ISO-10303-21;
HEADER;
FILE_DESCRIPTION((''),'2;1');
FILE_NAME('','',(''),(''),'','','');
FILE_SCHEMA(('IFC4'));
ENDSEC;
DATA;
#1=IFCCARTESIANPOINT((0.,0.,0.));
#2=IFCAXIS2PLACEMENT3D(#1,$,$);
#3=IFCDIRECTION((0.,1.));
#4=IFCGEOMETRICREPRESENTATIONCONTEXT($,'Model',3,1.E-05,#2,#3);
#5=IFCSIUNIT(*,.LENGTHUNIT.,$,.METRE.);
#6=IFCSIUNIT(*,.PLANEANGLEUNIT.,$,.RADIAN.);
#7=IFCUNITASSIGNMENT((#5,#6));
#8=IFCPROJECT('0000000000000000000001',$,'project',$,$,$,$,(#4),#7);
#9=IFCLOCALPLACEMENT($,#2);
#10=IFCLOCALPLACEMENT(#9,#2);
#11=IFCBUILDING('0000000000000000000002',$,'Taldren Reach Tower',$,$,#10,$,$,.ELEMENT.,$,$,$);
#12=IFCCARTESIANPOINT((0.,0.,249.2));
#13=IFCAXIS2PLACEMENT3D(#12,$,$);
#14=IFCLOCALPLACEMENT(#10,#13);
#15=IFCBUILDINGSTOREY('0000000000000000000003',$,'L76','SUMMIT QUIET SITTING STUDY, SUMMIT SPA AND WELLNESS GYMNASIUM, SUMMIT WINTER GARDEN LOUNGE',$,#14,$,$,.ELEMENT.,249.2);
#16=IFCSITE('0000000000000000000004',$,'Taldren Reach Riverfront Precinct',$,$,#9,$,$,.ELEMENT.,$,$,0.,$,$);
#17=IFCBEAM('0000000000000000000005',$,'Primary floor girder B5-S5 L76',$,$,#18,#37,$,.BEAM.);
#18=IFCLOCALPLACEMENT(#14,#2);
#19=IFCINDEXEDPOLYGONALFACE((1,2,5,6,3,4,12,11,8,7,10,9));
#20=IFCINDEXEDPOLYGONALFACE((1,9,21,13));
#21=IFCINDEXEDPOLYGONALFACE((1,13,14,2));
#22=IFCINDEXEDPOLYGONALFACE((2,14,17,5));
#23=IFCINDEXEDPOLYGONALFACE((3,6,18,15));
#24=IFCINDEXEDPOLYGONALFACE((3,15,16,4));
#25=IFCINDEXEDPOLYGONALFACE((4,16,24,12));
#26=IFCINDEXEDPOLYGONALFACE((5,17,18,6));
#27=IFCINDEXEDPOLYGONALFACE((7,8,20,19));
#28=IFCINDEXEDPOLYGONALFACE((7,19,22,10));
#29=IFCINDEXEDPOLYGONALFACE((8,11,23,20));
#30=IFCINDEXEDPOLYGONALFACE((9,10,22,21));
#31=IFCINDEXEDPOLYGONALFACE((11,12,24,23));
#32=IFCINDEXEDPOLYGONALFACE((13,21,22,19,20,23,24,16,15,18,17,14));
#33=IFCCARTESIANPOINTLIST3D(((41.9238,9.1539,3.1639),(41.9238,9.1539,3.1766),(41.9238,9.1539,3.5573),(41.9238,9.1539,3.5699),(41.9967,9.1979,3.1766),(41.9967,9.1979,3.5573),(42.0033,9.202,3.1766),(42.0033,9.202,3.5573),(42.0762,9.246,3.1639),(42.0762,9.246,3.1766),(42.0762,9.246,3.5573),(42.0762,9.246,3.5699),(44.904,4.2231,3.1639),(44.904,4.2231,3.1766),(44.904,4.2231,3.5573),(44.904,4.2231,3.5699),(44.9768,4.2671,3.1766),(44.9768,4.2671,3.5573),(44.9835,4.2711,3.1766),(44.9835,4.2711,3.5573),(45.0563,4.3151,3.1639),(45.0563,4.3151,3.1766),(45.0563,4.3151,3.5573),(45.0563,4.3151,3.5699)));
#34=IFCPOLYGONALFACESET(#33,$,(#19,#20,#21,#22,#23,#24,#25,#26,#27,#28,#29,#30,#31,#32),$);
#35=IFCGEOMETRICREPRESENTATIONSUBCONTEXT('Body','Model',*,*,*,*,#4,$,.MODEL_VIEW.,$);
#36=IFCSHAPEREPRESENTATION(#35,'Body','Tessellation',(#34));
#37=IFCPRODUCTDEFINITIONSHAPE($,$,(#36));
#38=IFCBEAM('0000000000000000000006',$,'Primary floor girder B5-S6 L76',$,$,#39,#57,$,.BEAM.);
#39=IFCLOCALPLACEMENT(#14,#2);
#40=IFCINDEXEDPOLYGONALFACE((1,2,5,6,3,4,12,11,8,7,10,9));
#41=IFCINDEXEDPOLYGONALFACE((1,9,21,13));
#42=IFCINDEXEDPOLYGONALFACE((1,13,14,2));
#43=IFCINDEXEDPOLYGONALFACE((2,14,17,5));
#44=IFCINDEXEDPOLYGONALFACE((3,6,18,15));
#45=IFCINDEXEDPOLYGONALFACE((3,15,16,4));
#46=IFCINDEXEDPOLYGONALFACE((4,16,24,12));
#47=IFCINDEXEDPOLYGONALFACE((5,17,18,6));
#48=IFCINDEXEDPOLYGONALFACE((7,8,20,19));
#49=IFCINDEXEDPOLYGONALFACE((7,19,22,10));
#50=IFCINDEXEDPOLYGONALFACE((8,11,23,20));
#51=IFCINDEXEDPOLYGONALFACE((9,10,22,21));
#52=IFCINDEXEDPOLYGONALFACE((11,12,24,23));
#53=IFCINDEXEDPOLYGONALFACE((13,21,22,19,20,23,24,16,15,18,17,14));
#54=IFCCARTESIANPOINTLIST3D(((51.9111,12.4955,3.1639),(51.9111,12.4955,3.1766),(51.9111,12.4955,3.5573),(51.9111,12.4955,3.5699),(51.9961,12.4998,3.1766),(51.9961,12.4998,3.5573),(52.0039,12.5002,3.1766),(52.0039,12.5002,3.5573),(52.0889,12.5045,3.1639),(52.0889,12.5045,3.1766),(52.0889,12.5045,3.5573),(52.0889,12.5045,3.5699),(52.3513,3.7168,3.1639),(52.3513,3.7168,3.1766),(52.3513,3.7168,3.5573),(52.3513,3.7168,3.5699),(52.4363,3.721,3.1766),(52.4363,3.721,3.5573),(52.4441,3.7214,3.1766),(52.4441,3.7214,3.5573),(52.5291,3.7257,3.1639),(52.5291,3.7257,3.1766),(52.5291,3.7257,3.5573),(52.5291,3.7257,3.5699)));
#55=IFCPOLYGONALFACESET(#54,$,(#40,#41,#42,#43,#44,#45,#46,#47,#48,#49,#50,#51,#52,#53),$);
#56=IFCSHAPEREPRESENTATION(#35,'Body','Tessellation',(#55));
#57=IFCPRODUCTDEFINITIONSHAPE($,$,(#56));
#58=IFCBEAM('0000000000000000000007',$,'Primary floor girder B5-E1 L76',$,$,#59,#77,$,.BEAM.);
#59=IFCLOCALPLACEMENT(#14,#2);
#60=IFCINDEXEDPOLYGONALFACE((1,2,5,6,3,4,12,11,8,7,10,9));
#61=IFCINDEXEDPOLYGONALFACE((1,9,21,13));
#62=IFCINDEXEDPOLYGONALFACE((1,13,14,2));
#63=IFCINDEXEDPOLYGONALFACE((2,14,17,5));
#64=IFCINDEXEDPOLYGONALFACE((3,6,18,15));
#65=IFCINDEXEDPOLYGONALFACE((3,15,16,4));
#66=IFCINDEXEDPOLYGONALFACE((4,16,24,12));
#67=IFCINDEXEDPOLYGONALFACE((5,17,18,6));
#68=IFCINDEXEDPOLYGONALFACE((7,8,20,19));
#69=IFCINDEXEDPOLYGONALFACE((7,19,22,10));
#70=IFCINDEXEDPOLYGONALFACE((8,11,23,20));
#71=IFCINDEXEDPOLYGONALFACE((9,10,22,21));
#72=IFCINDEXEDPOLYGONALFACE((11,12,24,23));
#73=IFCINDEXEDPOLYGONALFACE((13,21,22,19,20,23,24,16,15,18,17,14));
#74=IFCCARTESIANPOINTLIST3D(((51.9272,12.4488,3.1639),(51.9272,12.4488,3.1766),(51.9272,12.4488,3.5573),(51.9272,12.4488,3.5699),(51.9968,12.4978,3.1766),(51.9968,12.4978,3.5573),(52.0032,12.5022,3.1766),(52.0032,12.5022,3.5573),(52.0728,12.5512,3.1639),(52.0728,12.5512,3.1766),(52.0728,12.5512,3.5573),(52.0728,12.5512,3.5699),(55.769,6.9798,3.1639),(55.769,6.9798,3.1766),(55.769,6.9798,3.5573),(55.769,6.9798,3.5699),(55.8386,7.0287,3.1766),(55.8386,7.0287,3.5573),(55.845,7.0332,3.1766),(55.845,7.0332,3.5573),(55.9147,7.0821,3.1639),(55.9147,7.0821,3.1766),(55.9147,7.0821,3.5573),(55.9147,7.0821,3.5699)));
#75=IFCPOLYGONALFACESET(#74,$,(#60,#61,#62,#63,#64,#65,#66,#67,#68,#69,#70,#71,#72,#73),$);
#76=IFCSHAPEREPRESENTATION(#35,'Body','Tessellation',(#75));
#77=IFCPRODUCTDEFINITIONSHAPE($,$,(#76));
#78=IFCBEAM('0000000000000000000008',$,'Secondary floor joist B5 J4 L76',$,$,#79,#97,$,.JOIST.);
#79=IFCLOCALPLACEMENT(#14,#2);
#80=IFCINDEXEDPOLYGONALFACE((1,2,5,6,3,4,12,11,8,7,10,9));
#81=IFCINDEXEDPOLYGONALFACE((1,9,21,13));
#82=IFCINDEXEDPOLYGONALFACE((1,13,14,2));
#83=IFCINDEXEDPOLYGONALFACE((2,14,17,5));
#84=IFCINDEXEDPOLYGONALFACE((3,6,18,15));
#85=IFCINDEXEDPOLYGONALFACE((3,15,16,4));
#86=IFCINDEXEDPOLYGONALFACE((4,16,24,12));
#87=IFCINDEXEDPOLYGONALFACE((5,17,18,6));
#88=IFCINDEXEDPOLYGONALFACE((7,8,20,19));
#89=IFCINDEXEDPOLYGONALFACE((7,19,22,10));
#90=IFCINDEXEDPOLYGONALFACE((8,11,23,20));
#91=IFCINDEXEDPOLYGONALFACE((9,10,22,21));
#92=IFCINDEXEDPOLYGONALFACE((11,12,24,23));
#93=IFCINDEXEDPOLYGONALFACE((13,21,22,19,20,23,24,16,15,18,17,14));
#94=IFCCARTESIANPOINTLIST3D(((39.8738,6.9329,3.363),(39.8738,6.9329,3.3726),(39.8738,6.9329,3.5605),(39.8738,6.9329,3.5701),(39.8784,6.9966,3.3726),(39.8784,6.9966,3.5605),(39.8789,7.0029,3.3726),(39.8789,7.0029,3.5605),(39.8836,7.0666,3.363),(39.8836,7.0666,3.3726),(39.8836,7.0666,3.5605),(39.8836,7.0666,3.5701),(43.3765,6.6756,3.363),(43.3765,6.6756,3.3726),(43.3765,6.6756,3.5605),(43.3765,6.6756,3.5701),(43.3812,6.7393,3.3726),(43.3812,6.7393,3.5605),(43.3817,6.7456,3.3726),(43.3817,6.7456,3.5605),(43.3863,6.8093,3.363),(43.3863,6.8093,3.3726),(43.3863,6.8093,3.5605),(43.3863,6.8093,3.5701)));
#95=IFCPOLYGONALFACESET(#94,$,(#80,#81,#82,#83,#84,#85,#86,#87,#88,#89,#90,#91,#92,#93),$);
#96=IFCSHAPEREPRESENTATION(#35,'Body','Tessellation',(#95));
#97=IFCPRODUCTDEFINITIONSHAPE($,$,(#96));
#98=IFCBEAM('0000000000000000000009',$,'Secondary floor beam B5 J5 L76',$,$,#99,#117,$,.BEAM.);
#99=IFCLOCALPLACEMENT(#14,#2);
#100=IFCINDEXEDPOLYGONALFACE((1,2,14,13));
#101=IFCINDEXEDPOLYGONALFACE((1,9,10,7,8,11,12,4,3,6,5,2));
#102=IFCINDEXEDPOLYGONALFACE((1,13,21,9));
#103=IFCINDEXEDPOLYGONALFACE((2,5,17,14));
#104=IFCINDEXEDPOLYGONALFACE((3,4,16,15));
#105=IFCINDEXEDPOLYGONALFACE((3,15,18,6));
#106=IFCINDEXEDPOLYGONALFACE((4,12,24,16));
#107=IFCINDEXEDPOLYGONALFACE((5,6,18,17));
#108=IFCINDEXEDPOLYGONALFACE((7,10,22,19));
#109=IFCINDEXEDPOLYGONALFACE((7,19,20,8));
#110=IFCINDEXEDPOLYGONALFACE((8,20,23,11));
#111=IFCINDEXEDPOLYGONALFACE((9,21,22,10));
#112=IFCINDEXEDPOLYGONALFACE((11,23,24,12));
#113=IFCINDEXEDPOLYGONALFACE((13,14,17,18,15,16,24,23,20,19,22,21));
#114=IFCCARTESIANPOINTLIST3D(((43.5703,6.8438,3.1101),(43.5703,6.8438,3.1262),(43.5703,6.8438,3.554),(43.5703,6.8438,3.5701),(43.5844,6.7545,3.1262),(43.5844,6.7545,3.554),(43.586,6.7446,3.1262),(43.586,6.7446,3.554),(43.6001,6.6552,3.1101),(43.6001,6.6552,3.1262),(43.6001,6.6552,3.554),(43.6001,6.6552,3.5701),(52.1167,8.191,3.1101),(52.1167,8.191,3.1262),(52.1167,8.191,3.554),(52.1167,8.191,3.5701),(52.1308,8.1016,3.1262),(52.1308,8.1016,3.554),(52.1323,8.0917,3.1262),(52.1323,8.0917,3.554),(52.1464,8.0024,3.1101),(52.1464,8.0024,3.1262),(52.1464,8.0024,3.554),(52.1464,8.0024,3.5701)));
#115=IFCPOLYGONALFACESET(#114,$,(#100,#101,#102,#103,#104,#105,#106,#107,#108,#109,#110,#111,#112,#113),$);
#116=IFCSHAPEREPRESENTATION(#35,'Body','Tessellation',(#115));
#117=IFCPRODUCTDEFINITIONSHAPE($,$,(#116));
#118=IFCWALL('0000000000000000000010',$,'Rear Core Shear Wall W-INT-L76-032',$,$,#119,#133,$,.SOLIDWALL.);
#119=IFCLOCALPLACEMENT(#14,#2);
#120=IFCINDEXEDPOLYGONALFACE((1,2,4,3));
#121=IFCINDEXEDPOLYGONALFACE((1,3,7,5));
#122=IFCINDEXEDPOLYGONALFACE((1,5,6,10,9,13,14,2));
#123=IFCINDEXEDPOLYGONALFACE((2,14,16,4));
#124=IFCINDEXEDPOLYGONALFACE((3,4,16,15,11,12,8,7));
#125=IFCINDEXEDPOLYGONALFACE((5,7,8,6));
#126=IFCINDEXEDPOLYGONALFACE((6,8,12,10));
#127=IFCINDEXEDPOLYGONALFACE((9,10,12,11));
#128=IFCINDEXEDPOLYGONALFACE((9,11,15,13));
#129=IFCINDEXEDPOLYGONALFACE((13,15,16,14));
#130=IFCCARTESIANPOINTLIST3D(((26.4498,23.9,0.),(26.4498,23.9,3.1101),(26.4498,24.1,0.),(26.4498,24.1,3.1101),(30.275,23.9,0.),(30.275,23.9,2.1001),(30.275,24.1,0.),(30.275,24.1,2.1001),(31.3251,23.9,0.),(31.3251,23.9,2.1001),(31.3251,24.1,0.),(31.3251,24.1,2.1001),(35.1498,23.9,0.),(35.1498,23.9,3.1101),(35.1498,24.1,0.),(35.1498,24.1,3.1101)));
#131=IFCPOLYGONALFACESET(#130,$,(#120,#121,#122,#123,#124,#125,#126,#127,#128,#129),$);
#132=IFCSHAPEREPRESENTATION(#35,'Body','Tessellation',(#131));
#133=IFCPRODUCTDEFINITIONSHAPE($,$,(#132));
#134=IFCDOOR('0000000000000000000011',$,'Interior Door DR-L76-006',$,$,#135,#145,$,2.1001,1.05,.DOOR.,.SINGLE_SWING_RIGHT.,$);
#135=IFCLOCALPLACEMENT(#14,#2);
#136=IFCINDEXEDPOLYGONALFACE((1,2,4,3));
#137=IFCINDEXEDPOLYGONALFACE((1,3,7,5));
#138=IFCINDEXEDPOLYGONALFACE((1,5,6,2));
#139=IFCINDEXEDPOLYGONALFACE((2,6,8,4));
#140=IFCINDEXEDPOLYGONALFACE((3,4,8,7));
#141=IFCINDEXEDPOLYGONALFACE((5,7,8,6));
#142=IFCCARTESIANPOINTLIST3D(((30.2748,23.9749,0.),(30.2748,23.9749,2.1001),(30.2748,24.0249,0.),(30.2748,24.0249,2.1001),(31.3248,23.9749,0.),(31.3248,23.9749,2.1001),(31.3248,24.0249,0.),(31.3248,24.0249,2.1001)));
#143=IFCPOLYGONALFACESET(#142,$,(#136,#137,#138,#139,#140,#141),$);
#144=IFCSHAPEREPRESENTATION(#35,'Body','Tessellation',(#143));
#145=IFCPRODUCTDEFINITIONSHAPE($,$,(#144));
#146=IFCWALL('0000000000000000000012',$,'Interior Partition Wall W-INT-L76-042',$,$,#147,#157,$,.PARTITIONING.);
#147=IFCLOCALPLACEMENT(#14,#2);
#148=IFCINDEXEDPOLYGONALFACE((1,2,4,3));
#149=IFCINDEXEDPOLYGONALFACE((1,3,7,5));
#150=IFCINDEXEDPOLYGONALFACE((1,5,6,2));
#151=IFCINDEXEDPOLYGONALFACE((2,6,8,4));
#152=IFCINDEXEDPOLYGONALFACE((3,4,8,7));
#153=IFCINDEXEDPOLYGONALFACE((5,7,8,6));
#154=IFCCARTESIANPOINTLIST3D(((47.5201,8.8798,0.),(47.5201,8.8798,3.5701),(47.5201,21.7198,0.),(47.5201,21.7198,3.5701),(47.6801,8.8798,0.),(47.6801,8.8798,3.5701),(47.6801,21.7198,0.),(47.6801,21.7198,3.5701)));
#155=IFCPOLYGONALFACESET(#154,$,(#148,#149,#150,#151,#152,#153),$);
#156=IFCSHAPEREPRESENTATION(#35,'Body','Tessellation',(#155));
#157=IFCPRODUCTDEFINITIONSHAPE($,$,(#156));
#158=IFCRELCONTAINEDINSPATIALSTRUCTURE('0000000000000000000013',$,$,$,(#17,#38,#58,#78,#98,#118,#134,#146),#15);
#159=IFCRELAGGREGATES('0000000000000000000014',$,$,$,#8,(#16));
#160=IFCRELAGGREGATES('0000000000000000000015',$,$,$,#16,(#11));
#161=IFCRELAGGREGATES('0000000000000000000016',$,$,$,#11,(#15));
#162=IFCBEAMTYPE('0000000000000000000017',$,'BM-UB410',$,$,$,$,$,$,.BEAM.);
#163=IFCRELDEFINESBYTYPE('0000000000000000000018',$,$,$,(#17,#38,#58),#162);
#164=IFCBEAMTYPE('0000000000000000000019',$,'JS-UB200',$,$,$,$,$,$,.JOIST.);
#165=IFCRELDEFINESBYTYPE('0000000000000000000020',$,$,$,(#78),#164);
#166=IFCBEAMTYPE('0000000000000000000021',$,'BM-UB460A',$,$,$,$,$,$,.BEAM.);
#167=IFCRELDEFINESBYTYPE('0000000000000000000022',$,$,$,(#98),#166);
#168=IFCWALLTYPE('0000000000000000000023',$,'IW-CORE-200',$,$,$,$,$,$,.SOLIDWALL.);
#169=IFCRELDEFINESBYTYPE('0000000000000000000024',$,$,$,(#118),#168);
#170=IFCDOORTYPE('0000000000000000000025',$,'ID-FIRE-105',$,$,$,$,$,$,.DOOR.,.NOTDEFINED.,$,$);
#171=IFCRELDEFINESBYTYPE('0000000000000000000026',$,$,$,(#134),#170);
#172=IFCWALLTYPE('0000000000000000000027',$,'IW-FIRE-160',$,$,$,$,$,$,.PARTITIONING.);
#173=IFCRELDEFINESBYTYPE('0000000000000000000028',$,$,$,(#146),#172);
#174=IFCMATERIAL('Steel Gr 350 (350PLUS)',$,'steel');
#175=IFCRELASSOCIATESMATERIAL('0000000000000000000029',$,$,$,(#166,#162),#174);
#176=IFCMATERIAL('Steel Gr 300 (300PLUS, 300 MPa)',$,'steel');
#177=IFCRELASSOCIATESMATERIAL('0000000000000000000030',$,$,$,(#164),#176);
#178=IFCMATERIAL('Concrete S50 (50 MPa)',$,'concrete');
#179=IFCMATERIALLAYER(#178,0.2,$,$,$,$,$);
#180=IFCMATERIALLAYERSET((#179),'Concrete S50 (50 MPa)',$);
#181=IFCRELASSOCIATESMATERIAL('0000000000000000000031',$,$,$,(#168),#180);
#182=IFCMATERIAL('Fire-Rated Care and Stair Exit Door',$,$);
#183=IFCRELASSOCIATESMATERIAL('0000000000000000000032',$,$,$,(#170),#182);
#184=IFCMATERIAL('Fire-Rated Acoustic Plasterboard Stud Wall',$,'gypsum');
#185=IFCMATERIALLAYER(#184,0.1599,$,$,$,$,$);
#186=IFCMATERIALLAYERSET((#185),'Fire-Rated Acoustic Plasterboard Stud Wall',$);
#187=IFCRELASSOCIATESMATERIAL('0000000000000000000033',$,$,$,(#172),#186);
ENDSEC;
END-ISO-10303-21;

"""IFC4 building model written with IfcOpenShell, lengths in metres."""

from ifc_helpers import new_model, si_unit, direction, frame, frame_2d, origin, origin_2d, place, context, subcontext, project, spatial, rectangle, i_section, extrude, source, transform, mapped, material, layer, layer_set, material_profile, profile_set, type_object, element, fill, save


model = new_model("IFC4")

# Units and contexts
model_context = context("Model", 3, precision=1e-05, world=origin(), true_north=direction((0.0, 1.0)))
body_context = subcontext(model_context, "Body", "Model", "MODEL_VIEW")
ifc_project = project(units=[si_unit("LENGTHUNIT", "METRE"), si_unit("PLANEANGLEUNIT", "RADIAN")], contexts=[model_context])

# Site, building, storey
site_placement = place(None, origin())
site = spatial("IfcSite", under=ifc_project, at=site_placement, Name="Taldren Reach Riverfront Precinct", CompositionType="ELEMENT", RefElevation=0.0)
building_placement = place(site_placement, origin())
building = spatial("IfcBuilding", under=site, at=building_placement, Name="Taldren Reach Tower", CompositionType="ELEMENT")
storey_placement = place(building_placement, frame((0.0, 0.0, 249.2)))
storey = spatial("IfcBuildingStorey", under=building, at=storey_placement, Name="L76", Description="SUMMIT QUIET SITTING STUDY, SUMMIT SPA AND WELLNESS GYMNASIUM, SUMMIT WINTER GARDEN LOUNGE", CompositionType="ELEMENT", Elevation=249.2)

# Shared definitions
ifc_material_1 = material(Name="Steel Gr 350 (350PLUS)", Category="steel")

# Shared definitions
ifc_material_profile_1 = material_profile(ifc_material_1, i_section(OverallWidth=0.1909, OverallDepth=0.46, WebThickness=0.01, FlangeThickness=0.0161, at=origin_2d()), Name="460UB82.1")
ifc_profile_set_1 = profile_set([ifc_material_profile_1], Name="Steel Gr 350 (350PLUS)")
beam_type_1 = type_object("IfcBeamType", Name="BM-UB460A", PredefinedType="BEAM", material=ifc_profile_set_1)

# Beams
ifc_material_profile_2 = material_profile(ifc_material_1, i_section(OverallWidth=0.178, OverallDepth=0.406, WebThickness=0.0078, FlangeThickness=0.0127, at=origin_2d()), Name="410UB59.7")
ifc_profile_set_2 = profile_set([ifc_material_profile_2], Name="Steel Gr 350 (350PLUS)")
beam_type_2 = type_object("IfcBeamType", Name="BM-UB410", PredefinedType="BEAM", material=ifc_profile_set_2)
shared_shape_1 = source(origin(), body_context, "Body", "SweptSolid", [
    extrude(i_section(OverallWidth=0.178, OverallDepth=0.406, WebThickness=0.0078, FlangeThickness=0.0127, at=origin_2d()), origin(), (0.0, 0.0, 1.0), 5.7615),
])
beam_1_placement = place(storey_placement, frame((42.0, 9.2, 3.3669), z_axis=(0.51726, -0.855828, 0.0), x_axis=(0.855828, 0.51726, 0.0)))
element("IfcBeam", 1, at=beam_1_placement, inside=storey, type_object=beam_type_2, Name="Primary floor girder B5-S5 L76", PredefinedType="BEAM", context=body_context, shape_type="MappedRepresentation", body=[
    mapped(shared_shape_1, transform((0.0, 0.0, 0.0), scale=1.0)),
])
shared_shape_2 = source(origin(), body_context, "Body", "SweptSolid", [
    extrude(i_section(OverallWidth=0.178, OverallDepth=0.406, WebThickness=0.0078, FlangeThickness=0.0127, at=origin_2d()), origin(), (0.0, 0.0, 1.0), 8.7898),
])
beam_2_placement = place(storey_placement, frame((52.0, 12.5, 3.3669), z_axis=(0.050079, -0.998745, 0.0), x_axis=(0.998745, 0.050079, 0.0)))
element("IfcBeam", 2, at=beam_2_placement, inside=storey, type_object=beam_type_2, Name="Primary floor girder B5-S6 L76", PredefinedType="BEAM", context=body_context, shape_type="MappedRepresentation", body=[
    mapped(shared_shape_2, transform((0.0, 0.0, 0.0), scale=1.0)),
])
shared_shape_3 = source(origin(), body_context, "Body", "SweptSolid", [
    extrude(i_section(OverallWidth=0.178, OverallDepth=0.406, WebThickness=0.0078, FlangeThickness=0.0127, at=origin_2d()), origin(), (0.0, 0.0, 1.0), 6.6836),
])
beam_3_placement = place(storey_placement, frame((52.0, 12.5, 3.3669), z_axis=(0.574817, -0.818282, 0.0), x_axis=(0.818282, 0.574817, 0.0)))
element("IfcBeam", 3, at=beam_3_placement, inside=storey, type_object=beam_type_2, Name="Primary floor girder B5-E1 L76", PredefinedType="BEAM", context=body_context, shape_type="MappedRepresentation", body=[
    mapped(shared_shape_3, transform((0.0, 0.0, 0.0), scale=1.0)),
])
ifc_material_2 = material(Name="Steel Gr 300 (300PLUS, 300 MPa)", Category="steel")
ifc_material_profile_3 = material_profile(ifc_material_2, i_section(OverallWidth=0.134, OverallDepth=0.207, WebThickness=0.0063, FlangeThickness=0.0095, at=origin_2d()), Name="200UB29.8")
ifc_profile_set_3 = profile_set([ifc_material_profile_3], Name="Steel Gr 300 (300PLUS, 300 MPa)")
beam_type_3 = type_object("IfcBeamType", Name="JS-UB200", PredefinedType="JOIST", material=ifc_profile_set_3)
shared_shape_4 = source(origin(), body_context, "Body", "SweptSolid", [
    extrude(i_section(OverallWidth=0.134, OverallDepth=0.207, WebThickness=0.0063, FlangeThickness=0.0095, at=origin_2d()), origin(), (0.0, 0.0, 1.0), 3.5122),
])
beam_4_placement = place(storey_placement, frame((39.8787, 6.9998, 3.4666), z_axis=(0.997312, -0.073267, 0.0), x_axis=(0.073267, 0.997312, 0.0)))
element("IfcBeam", 4, at=beam_4_placement, inside=storey, type_object=beam_type_3, Name="Secondary floor joist B5 J4 L76", PredefinedType="JOIST", context=body_context, shape_type="MappedRepresentation", body=[
    mapped(shared_shape_4, transform((0.0, 0.0, 0.0), scale=1.0)),
])
shared_shape_5 = source(origin(), body_context, "Body", "SweptSolid", [
    extrude(i_section(OverallWidth=0.1909, OverallDepth=0.46, WebThickness=0.01, FlangeThickness=0.0161, at=origin_2d()), origin(), (0.0, 0.0, 1.0), 8.6519),
])
beam_5_placement = place(storey_placement, frame((43.5852, 6.7495, 3.3401), z_axis=(0.987803, 0.155708, 0.0), x_axis=(-0.155708, 0.987803, 0.0)))
element("IfcBeam", 5, at=beam_5_placement, inside=storey, type_object=beam_type_1, Name="Secondary floor beam B5 J5 L76", PredefinedType="BEAM", context=body_context, shape_type="MappedRepresentation", body=[
    mapped(shared_shape_5, transform((0.0, 0.0, 0.0), scale=1.0)),
])

# Wall, opening, door
ifc_material_3 = material(Name="Concrete S50 (50 MPa)", Category="concrete")
ifc_layer_1 = layer(ifc_material_3, 0.2)
ifc_layer_set_1 = layer_set([ifc_layer_1], Name="Concrete S50 (50 MPa)")
wall_type_1 = type_object("IfcWallType", Name="IW-CORE-200", PredefinedType="SOLIDWALL", material=ifc_layer_set_1)
shared_shape_6 = source(origin(), body_context, "Body", "SweptSolid", [
    extrude(rectangle(XDim=8.7, YDim=0.2, at=frame_2d((4.3501, 0.0))), origin(), (0.0, 0.0, 1.0), 3.1101),
])
wall_1_placement = place(storey_placement, frame((35.1499, 24.0, 0.0), z_axis=(0.0, 0.0, 1.0), x_axis=(-1.0, 0.0, 0.0)))
wall_1 = element("IfcWall", 6, at=wall_1_placement, inside=storey, type_object=wall_type_1, Name="Rear Core Shear Wall W-INT-L76-032", PredefinedType="SOLIDWALL", context=body_context, shape_type="MappedRepresentation", body=[
    mapped(shared_shape_6, transform((0.0, 0.0, 0.0), scale=1.0)),
])
shared_shape_7 = source(origin(), body_context, "Body", "SweptSolid", [
    extrude(rectangle(XDim=1.05, YDim=2.1001, at=frame_2d((0.5249, 1.05))), frame((0.0, 0.1099, 0.0), z_axis=(0.0, -1.0, 0.0), x_axis=(1.0, 0.0, 0.0)), (0.0, 0.0, 1.0), 0.22),
])
opening_1_placement = place(wall_1_placement, frame((3.825, 0.0, 0.0)))
opening_1 = element("IfcOpeningElement", 7, at=opening_1_placement, cuts=wall_1, PredefinedType="OPENING", context=body_context, shape_type="MappedRepresentation", body=[
    mapped(shared_shape_7, transform((0.0, 0.0, 0.0), scale=1.0)),
])
ifc_material_4 = material(Name="Fire-Rated Care and Stair Exit Door")
door_type_1 = type_object("IfcDoorType", Name="ID-FIRE-105", OperationType="NOTDEFINED", PredefinedType="DOOR", material=ifc_material_4)
shared_shape_8 = source(origin(), body_context, "Body", "SweptSolid", [
    extrude(rectangle(XDim=1.05, YDim=2.1001, at=frame_2d((0.5249, 1.05))), frame((0.0, 0.0249, 0.0), z_axis=(0.0, -1.0, 0.0), x_axis=(1.0, 0.0, 0.0)), (0.0, 0.0, 1.0), 0.05),
])
door_1_placement = place(opening_1_placement, frame((1.05, 0.0, 0.0), z_axis=(0.0, 0.0, 1.0), x_axis=(-1.0, 0.0, 0.0)))
door_1 = element("IfcDoor", 8, at=door_1_placement, inside=storey, type_object=door_type_1, Name="Interior Door DR-L76-006", OperationType="SINGLE_SWING_RIGHT", OverallHeight=2.1001, OverallWidth=1.05, PredefinedType="DOOR", context=body_context, shape_type="MappedRepresentation", body=[
    mapped(shared_shape_8, transform((0.0, 0.0, 0.0), scale=1.0)),
])
fill(opening_1, door_1)

# Wall
ifc_material_5 = material(Name="Fire-Rated Acoustic Plasterboard Stud Wall", Category="gypsum")
ifc_layer_2 = layer(ifc_material_5, 0.1599)
ifc_layer_set_2 = layer_set([ifc_layer_2], Name="Fire-Rated Acoustic Plasterboard Stud Wall")
wall_type_2 = type_object("IfcWallType", Name="IW-FIRE-160", PredefinedType="PARTITIONING", material=ifc_layer_set_2)
shared_shape_9 = source(origin(), body_context, "Body", "SweptSolid", [
    extrude(rectangle(XDim=12.8401, YDim=0.1599, at=frame_2d((6.4199, 0.0))), origin(), (0.0, 0.0, 1.0), 3.5701),
])
wall_2_placement = place(storey_placement, frame((47.6001, 8.8799, 0.0), z_axis=(0.0, 0.0, 1.0), x_axis=(0.0, 1.0, 0.0)))
element("IfcWall", 9, at=wall_2_placement, inside=storey, type_object=wall_type_2, Name="Interior Partition Wall W-INT-L76-042", PredefinedType="PARTITIONING", context=body_context, shape_type="MappedRepresentation", body=[
    mapped(shared_shape_9, transform((0.0, 0.0, 0.0), scale=1.0)),
])

save(model, "model.ifc")
